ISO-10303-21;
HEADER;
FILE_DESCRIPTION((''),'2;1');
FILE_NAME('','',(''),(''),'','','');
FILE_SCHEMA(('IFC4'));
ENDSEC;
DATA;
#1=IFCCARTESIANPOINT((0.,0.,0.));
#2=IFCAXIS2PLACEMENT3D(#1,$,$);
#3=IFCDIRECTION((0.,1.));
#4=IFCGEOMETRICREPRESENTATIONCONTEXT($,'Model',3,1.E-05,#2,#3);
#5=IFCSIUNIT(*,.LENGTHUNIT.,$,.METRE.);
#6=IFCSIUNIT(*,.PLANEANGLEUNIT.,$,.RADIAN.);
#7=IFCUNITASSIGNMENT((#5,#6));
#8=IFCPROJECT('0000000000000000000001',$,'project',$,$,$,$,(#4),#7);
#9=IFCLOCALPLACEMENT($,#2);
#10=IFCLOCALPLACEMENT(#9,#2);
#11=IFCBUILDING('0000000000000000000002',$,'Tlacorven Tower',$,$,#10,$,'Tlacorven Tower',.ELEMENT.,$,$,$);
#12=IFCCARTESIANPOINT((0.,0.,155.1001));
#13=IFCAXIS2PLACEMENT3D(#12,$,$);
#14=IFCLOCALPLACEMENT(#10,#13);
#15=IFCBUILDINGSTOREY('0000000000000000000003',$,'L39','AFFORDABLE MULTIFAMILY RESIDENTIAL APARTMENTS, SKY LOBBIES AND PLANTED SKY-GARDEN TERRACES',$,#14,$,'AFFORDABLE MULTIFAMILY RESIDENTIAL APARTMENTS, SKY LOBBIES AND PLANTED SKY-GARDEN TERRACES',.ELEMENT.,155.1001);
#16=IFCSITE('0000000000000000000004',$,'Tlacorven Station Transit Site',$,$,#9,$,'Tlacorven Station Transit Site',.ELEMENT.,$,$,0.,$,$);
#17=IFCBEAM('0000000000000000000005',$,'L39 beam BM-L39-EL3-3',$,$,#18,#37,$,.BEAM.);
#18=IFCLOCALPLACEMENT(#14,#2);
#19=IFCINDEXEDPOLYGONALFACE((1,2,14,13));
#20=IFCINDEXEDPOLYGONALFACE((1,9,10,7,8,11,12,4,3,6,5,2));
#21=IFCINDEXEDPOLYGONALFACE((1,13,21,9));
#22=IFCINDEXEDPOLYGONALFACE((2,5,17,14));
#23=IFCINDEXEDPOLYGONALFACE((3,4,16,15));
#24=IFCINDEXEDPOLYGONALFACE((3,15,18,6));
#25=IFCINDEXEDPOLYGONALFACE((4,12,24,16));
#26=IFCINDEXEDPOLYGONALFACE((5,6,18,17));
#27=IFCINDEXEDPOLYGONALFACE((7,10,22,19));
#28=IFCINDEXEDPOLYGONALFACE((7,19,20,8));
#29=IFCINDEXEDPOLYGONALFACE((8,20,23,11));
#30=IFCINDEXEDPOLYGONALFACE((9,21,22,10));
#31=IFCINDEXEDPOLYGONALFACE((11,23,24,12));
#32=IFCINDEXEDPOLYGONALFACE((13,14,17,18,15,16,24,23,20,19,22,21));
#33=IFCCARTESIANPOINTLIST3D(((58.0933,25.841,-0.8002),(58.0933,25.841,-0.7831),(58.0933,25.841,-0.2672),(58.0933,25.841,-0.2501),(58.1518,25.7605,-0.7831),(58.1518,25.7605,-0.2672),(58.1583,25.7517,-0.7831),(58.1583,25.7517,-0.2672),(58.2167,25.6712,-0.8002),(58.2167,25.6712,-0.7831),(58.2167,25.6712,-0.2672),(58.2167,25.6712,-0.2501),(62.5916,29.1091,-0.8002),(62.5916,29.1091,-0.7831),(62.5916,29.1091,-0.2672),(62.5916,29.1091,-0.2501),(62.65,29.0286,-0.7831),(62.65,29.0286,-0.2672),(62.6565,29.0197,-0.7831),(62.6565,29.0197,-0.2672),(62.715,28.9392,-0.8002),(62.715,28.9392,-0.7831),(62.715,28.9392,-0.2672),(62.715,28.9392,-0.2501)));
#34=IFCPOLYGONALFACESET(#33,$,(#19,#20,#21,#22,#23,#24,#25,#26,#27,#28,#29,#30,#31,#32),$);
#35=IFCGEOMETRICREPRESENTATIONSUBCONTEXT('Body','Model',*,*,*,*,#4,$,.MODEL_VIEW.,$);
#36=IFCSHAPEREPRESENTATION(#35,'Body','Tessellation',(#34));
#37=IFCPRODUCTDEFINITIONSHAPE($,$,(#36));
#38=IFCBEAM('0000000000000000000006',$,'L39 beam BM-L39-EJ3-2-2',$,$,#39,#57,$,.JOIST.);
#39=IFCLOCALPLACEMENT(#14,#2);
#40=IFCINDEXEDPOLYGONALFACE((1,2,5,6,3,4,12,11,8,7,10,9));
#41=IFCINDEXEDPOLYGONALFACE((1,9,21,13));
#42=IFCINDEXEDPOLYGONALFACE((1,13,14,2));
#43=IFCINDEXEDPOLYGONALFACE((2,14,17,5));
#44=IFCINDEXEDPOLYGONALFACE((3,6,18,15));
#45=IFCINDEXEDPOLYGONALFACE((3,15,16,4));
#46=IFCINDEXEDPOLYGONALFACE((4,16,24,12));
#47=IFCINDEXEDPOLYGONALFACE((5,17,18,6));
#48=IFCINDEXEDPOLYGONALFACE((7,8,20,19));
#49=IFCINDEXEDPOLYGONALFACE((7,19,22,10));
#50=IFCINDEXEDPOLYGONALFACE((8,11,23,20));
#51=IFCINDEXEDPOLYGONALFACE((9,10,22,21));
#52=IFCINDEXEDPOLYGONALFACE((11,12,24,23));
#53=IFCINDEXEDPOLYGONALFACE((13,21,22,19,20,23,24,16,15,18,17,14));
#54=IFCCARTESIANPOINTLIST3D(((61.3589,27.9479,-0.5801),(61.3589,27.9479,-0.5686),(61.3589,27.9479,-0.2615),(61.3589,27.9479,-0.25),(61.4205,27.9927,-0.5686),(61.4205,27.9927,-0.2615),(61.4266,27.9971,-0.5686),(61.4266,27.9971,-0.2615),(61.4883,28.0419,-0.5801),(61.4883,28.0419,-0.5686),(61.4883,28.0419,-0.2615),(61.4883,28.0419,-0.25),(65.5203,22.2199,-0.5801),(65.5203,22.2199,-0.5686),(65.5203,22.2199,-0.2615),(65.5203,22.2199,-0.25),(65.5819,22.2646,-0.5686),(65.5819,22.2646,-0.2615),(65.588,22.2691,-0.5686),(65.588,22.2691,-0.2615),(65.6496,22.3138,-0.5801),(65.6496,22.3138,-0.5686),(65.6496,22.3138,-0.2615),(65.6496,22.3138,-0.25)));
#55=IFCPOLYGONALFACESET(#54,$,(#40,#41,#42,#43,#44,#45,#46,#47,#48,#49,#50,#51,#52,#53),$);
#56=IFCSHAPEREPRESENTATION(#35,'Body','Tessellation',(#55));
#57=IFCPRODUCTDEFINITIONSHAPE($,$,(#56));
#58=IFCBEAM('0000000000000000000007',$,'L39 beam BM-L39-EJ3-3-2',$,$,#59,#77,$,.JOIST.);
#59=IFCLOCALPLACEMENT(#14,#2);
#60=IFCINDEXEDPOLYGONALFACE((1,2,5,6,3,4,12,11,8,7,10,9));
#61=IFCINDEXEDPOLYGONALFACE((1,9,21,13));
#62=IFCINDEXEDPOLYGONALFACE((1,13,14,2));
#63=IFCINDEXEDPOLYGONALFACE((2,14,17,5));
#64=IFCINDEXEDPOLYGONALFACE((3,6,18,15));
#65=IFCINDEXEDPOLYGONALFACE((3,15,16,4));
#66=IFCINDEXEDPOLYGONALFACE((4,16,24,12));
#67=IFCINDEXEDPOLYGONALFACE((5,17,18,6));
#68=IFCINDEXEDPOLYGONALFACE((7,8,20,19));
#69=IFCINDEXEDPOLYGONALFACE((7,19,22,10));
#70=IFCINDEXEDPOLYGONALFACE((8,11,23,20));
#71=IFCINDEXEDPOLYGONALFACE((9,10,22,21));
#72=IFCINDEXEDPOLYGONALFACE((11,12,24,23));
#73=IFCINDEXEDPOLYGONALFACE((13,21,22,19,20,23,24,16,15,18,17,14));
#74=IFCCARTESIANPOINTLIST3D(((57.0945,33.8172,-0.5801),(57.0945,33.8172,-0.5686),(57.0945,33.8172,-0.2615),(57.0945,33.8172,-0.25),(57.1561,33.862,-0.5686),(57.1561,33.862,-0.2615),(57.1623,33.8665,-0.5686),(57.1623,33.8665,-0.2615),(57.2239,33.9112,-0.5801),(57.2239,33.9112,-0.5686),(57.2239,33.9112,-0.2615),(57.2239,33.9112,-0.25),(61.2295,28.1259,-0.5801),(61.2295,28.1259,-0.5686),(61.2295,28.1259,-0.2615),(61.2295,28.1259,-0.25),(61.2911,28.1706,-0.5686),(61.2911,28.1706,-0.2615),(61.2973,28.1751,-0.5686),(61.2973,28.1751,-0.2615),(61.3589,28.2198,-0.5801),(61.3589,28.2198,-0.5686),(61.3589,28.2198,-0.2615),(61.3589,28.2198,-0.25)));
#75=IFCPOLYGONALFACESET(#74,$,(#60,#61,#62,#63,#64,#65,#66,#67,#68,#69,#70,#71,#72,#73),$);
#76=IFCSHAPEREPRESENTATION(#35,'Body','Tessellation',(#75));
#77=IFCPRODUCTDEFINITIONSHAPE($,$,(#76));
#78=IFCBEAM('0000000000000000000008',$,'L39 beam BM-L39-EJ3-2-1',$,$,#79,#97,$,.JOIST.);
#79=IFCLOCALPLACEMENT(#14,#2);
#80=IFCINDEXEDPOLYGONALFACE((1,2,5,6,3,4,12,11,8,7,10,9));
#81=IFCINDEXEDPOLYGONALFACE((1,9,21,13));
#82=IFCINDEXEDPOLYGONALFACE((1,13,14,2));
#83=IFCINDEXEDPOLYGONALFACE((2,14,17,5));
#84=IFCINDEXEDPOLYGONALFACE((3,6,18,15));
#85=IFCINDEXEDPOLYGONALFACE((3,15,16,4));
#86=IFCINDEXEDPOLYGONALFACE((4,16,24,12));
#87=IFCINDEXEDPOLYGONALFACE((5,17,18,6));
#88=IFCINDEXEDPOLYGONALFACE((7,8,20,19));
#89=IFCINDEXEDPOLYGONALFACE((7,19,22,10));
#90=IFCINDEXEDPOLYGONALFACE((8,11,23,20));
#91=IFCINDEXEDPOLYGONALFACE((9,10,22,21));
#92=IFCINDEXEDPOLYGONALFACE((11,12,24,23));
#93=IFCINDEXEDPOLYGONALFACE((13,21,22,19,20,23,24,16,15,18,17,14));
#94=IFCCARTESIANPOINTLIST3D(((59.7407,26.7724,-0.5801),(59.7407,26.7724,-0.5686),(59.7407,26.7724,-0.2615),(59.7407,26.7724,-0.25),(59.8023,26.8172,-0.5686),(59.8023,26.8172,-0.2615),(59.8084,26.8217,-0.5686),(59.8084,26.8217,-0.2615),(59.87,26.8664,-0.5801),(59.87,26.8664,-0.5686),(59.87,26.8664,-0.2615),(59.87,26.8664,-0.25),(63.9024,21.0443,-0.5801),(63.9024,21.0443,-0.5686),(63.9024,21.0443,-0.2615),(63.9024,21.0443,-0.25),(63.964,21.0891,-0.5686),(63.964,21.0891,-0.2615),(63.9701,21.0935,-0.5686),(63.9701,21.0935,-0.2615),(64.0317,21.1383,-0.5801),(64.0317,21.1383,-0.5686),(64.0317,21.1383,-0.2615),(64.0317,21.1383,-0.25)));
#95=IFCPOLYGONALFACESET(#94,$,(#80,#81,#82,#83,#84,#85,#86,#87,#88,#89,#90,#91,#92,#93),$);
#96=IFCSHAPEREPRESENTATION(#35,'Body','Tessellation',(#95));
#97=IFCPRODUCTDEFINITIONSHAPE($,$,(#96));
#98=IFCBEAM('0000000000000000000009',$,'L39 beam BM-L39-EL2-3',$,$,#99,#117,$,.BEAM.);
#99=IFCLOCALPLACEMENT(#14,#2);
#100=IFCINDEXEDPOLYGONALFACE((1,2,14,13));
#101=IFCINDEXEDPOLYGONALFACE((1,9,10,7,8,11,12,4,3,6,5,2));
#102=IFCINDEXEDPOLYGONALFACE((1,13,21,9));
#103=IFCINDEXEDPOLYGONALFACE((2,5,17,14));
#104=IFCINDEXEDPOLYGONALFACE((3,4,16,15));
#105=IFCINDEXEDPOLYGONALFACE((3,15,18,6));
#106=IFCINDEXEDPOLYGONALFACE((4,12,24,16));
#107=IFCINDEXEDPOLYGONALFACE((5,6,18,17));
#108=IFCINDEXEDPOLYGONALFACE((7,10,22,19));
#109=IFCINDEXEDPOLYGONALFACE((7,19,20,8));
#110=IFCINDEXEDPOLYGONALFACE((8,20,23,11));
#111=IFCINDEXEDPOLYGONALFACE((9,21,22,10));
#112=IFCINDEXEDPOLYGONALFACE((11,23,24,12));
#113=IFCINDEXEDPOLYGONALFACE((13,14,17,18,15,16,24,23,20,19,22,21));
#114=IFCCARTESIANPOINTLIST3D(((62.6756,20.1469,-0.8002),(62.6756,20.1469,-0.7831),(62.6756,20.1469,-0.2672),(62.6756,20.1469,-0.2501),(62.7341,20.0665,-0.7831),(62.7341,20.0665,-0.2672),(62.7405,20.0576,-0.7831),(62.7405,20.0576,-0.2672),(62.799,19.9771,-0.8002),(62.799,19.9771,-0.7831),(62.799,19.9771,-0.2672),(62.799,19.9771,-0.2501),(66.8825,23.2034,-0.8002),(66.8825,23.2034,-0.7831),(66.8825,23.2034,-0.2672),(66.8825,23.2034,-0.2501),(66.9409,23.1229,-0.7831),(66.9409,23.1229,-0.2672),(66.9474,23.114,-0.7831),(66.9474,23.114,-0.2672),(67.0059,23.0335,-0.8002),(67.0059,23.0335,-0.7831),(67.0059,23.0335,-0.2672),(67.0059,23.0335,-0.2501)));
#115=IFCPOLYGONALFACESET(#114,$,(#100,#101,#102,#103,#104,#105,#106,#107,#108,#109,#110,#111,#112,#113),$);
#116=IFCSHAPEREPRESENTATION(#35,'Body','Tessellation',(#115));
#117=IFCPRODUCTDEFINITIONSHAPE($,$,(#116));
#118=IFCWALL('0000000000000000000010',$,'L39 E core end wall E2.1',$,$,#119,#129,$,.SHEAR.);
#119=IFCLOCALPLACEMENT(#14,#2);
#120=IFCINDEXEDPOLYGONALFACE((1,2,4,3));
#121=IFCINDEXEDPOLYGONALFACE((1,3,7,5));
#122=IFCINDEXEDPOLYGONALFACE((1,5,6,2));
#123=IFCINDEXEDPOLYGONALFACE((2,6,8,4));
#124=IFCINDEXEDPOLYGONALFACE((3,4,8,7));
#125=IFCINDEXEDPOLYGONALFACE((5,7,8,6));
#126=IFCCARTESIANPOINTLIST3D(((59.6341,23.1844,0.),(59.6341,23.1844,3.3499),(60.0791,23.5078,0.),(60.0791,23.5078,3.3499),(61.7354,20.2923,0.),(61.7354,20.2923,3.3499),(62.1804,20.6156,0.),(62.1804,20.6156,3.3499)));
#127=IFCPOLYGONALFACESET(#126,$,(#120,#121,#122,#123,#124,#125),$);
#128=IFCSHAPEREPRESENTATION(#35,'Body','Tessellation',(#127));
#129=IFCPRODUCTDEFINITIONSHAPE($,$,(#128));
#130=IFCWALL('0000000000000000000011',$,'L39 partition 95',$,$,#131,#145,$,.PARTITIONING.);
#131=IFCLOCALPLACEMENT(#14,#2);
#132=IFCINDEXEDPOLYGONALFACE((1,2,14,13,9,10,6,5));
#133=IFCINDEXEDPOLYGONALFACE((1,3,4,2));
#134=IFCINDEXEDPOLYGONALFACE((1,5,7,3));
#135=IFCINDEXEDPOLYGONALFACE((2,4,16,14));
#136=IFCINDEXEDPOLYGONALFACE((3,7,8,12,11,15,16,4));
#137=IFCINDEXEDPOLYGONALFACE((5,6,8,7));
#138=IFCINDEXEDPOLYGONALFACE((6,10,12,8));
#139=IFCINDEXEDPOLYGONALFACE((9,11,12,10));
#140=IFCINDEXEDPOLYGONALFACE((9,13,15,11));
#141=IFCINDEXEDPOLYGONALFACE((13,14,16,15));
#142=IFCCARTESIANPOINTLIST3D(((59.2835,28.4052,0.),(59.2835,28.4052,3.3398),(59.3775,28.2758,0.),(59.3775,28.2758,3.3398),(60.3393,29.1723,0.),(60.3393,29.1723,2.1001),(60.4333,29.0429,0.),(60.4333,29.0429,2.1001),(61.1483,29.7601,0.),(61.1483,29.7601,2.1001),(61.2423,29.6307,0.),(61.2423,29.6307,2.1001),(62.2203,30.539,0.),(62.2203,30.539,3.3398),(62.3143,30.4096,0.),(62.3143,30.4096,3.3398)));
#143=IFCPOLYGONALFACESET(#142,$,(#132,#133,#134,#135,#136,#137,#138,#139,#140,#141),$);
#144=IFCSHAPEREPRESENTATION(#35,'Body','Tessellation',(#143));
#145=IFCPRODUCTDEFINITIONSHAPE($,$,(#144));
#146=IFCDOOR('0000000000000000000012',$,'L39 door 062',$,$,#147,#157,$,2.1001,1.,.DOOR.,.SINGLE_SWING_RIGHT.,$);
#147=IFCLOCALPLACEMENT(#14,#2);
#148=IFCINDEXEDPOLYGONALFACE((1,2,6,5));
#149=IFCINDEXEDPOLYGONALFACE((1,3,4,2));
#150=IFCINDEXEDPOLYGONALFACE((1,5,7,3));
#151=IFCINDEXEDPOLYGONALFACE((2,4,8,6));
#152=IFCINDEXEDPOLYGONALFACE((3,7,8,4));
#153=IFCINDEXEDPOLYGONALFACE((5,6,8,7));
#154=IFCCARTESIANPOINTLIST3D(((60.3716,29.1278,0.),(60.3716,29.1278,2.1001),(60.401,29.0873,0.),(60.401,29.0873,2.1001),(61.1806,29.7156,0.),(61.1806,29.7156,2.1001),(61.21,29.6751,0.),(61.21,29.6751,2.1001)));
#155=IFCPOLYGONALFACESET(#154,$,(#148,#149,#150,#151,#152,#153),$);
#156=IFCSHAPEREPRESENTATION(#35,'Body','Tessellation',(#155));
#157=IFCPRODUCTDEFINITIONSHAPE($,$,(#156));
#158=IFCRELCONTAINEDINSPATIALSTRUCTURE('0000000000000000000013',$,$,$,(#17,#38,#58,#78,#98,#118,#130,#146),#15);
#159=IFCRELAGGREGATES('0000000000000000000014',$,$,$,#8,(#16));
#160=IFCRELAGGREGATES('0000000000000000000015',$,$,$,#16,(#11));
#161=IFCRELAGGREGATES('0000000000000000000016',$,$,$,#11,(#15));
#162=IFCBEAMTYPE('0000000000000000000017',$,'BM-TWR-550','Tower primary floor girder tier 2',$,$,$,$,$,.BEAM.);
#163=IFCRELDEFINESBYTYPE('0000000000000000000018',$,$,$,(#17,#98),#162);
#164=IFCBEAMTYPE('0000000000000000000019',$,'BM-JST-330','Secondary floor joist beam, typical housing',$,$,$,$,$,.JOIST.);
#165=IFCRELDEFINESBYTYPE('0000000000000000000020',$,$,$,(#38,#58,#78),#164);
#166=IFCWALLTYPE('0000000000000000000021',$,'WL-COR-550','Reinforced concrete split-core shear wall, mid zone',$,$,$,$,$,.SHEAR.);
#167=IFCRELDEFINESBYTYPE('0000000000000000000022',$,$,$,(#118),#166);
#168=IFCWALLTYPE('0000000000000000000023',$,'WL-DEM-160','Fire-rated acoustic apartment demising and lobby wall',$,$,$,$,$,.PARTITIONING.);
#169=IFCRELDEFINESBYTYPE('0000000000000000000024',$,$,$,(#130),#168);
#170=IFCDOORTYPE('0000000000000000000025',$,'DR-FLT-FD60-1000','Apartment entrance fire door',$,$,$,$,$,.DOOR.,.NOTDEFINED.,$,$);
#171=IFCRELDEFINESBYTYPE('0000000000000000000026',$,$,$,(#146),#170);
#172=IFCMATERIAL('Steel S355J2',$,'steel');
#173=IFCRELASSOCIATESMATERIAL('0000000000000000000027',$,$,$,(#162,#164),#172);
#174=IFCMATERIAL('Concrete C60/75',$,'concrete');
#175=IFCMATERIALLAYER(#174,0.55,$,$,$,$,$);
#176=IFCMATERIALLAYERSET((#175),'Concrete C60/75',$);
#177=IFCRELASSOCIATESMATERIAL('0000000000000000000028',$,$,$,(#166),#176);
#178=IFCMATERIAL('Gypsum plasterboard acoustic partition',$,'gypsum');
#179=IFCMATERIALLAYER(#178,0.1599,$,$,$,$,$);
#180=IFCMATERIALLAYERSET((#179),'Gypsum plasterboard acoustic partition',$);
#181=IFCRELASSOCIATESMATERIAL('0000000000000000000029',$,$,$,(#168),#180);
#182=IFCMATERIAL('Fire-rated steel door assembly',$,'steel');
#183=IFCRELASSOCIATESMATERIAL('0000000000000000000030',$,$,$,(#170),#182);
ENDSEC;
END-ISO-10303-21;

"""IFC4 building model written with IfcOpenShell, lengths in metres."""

from ifc_helpers import new_model, si_unit, direction, frame, frame_2d, origin, origin_2d, place, context, subcontext, project, spatial, rectangle, i_section, extrude, source, transform, mapped, material, layer, layer_set, material_profile, profile_set, type_object, element, fill, save


model = new_model("IFC4")

# Units and contexts
model_context = context("Model", 3, precision=1e-05, world=origin(), true_north=direction((0.0, 1.0)))
body_context = subcontext(model_context, "Body", "Model", "MODEL_VIEW")
ifc_project = project(units=[si_unit("LENGTHUNIT", "METRE"), si_unit("PLANEANGLEUNIT", "RADIAN")], contexts=[model_context])

# Site, building, storey
site_placement = place(None, origin())
site = spatial("IfcSite", under=ifc_project, at=site_placement, Name="Tlacorven Station Transit Site", LongName="Tlacorven Station Transit Site", CompositionType="ELEMENT", RefElevation=0.0)
building_placement = place(site_placement, origin())
building = spatial("IfcBuilding", under=site, at=building_placement, Name="Tlacorven Tower", LongName="Tlacorven Tower", CompositionType="ELEMENT")
storey_placement = place(building_placement, frame((0.0, 0.0, 155.1001)))
storey = spatial("IfcBuildingStorey", under=building, at=storey_placement, Name="L39", Description="AFFORDABLE MULTIFAMILY RESIDENTIAL APARTMENTS, SKY LOBBIES AND PLANTED SKY-GARDEN TERRACES", LongName="AFFORDABLE MULTIFAMILY RESIDENTIAL APARTMENTS, SKY LOBBIES AND PLANTED SKY-GARDEN TERRACES", CompositionType="ELEMENT", Elevation=155.1001)

# Beams
ifc_material_1 = material(Name="Concrete C60/75", Category="concrete")
ifc_material_2 = material(Name="Steel S355J2", Category="steel")
ifc_material_profile_1 = material_profile(ifc_material_2, i_section(OverallWidth=0.21, OverallDepth=0.55, WebThickness=0.011, FlangeThickness=0.0171, at=origin_2d()), Name="IPE 550")
ifc_profile_set_1 = profile_set([ifc_material_profile_1], Name="Steel S355J2")
beam_type_1 = type_object("IfcBeamType", Name="BM-TWR-550", Description="Tower primary floor girder tier 2", PredefinedType="BEAM", material=ifc_profile_set_1)
shared_shape_1 = source(origin(), body_context, "Body", "SweptSolid", [
    extrude(i_section(OverallWidth=0.21, OverallDepth=0.55, WebThickness=0.011, FlangeThickness=0.0171, at=origin_2d()), origin(), (0.0, 0.0, 1.0), 5.5601),
])
beam_1_placement = place(storey_placement, frame((58.155, 25.7561, -0.5251), z_axis=(0.809028, 0.58777, 0.0), x_axis=(-0.58777, 0.809028, 0.0)))
element("IfcBeam", 1, at=beam_1_placement, inside=storey, type_object=beam_type_1, Name="L39 beam BM-L39-EL3-3", PredefinedType="BEAM", context=body_context, shape_type="MappedRepresentation", body=[
    mapped(shared_shape_1, transform((0.0, 0.0, 0.0), scale=1.0)),
])
ifc_material_profile_2 = material_profile(ifc_material_2, i_section(OverallWidth=0.1599, OverallDepth=0.3301, WebThickness=0.0076, FlangeThickness=0.0115, at=origin_2d()), Name="IPE 330")
ifc_profile_set_2 = profile_set([ifc_material_profile_2], Name="Steel S355J2")
beam_type_2 = type_object("IfcBeamType", Name="BM-JST-330", Description="Secondary floor joist beam, typical housing", PredefinedType="JOIST", material=ifc_profile_set_2)
shared_shape_2 = source(origin(), body_context, "Body", "SweptSolid", [
    extrude(i_section(OverallWidth=0.1599, OverallDepth=0.3301, WebThickness=0.0076, FlangeThickness=0.0115, at=origin_2d()), origin(), (0.0, 0.0, 1.0), 7.0801),
])
beam_2_placement = place(storey_placement, frame((65.585, 22.2668, -0.415), z_axis=(-0.58776, 0.809036, 0.0), x_axis=(-0.809036, -0.58776, 0.0)))
element("IfcBeam", 2, at=beam_2_placement, inside=storey, type_object=beam_type_2, Name="L39 beam BM-L39-EJ3-2-2", PredefinedType="JOIST", context=body_context, shape_type="MappedRepresentation", body=[
    mapped(shared_shape_2, transform((0.0, 0.0, 0.0), scale=1.0)),
])
shared_shape_3 = source(origin(), body_context, "Body", "SweptSolid", [
    extrude(i_section(OverallWidth=0.1599, OverallDepth=0.3301, WebThickness=0.0076, FlangeThickness=0.0115, at=origin_2d()), origin(), (0.0, 0.0, 1.0), 7.0349),
])
beam_3_placement = place(storey_placement, frame((61.2942, 28.1729, -0.415), z_axis=(-0.587782, 0.80902, 0.0), x_axis=(-0.80902, -0.587782, 0.0)))
element("IfcBeam", 3, at=beam_3_placement, inside=storey, type_object=beam_type_2, Name="L39 beam BM-L39-EJ3-3-2", PredefinedType="JOIST", context=body_context, shape_type="MappedRepresentation", body=[
    mapped(shared_shape_3, transform((0.0, 0.0, 0.0), scale=1.0)),
])
shared_shape_4 = source(origin(), body_context, "Body", "SweptSolid", [
    extrude(i_section(OverallWidth=0.1599, OverallDepth=0.3301, WebThickness=0.0076, FlangeThickness=0.0115, at=origin_2d()), origin(), (0.0, 0.0, 1.0), 7.0803),
])
beam_4_placement = place(storey_placement, frame((63.967, 21.0913, -0.415), z_axis=(-0.587782, 0.809019, 0.0), x_axis=(-0.809019, -0.587782, 0.0)))
element("IfcBeam", 4, at=beam_4_placement, inside=storey, type_object=beam_type_2, Name="L39 beam BM-L39-EJ3-2-1", PredefinedType="JOIST", context=body_context, shape_type="MappedRepresentation", body=[
    mapped(shared_shape_4, transform((0.0, 0.0, 0.0), scale=1.0)),
])
shared_shape_5 = source(origin(), body_context, "Body", "SweptSolid", [
    extrude(i_section(OverallWidth=0.21, OverallDepth=0.55, WebThickness=0.011, FlangeThickness=0.0171, at=origin_2d()), origin(), (0.0, 0.0, 1.0), 5.2),
])
beam_5_placement = place(storey_placement, frame((62.7373, 20.062, -0.5251), z_axis=(0.809018, 0.587784, 0.0), x_axis=(-0.587784, 0.809018, 0.0)))
element("IfcBeam", 5, at=beam_5_placement, inside=storey, type_object=beam_type_1, Name="L39 beam BM-L39-EL2-3", PredefinedType="BEAM", context=body_context, shape_type="MappedRepresentation", body=[
    mapped(shared_shape_5, transform((0.0, 0.0, 0.0), scale=1.0)),
])

# Wall
ifc_layer_1 = layer(ifc_material_1, 0.55)
ifc_layer_set_1 = layer_set([ifc_layer_1], Name="Concrete C60/75")
wall_type_1 = type_object("IfcWallType", Name="WL-COR-550", Description="Reinforced concrete split-core shear wall, mid zone", PredefinedType="SHEAR", material=ifc_layer_set_1)
wall_1_placement = place(storey_placement, frame((61.958, 20.4539, 0.0), z_axis=(0.0, 0.0, 1.0), x_axis=(-0.587802, 0.809005, 0.0)))
element("IfcWall", 6, at=wall_1_placement, inside=storey, type_object=wall_type_1, Name="L39 E core end wall E2.1", PredefinedType="SHEAR", context=body_context, shape_type="SweptSolid", body=[
    extrude(rectangle(XDim=3.575, YDim=0.55, at=frame_2d((1.7876, 0.0))), origin(), (0.0, 0.0, 1.0), 3.3499),
])

# Wall, opening, door
ifc_material_3 = material(Name="Gypsum plasterboard acoustic partition", Category="gypsum")
ifc_layer_2 = layer(ifc_material_3, 0.1599)
ifc_layer_set_2 = layer_set([ifc_layer_2], Name="Gypsum plasterboard acoustic partition")
wall_type_2 = type_object("IfcWallType", Name="WL-DEM-160", Description="Fire-rated acoustic apartment demising and lobby wall", PredefinedType="PARTITIONING", material=ifc_layer_set_2)
wall_2_placement = place(storey_placement, frame((59.3306, 28.3406, 0.0), z_axis=(0.0, 0.0, 1.0), x_axis=(0.809004, 0.587804, 0.0)))
wall_2 = element("IfcWall", 7, at=wall_2_placement, inside=storey, type_object=wall_type_2, Name="L39 partition 95", PredefinedType="PARTITIONING", context=body_context, shape_type="SweptSolid", body=[
    extrude(rectangle(XDim=3.6301, YDim=0.1599, at=frame_2d((1.8149, 0.0))), origin(), (0.0, 0.0, 1.0), 3.3398),
])
opening_1_placement = place(wall_2_placement, frame((1.3049, 0.0, 0.0)))
opening_1 = element("IfcOpeningElement", 8, at=opening_1_placement, cuts=wall_2, PredefinedType="OPENING", context=body_context, shape_type="SweptSolid", body=[
    extrude(rectangle(XDim=1.0, YDim=2.1001, at=frame_2d((0.5, 1.05))), frame((0.0, 0.0898, 0.0), z_axis=(0.0, -1.0, 0.0), x_axis=(1.0, 0.0, 0.0)), (0.0, 0.0, 1.0), 0.1799),
])
ifc_material_4 = material(Name="Fire-rated steel door assembly", Category="steel")
door_type_1 = type_object("IfcDoorType", Name="DR-FLT-FD60-1000", Description="Apartment entrance fire door", OperationType="NOTDEFINED", PredefinedType="DOOR", material=ifc_material_4)
shared_shape_6 = source(origin(), body_context, "Body", "SweptSolid", [
    extrude(rectangle(XDim=1.0, YDim=2.1001, at=frame_2d((0.5, 1.05))), frame((0.0, 0.0249, 0.0), z_axis=(0.0, -1.0, 0.0), x_axis=(1.0, 0.0, 0.0)), (0.0, 0.0, 1.0), 0.05),
])
door_1_placement = place(opening_1_placement, origin())
door_1 = element("IfcDoor", 9, at=door_1_placement, inside=storey, type_object=door_type_1, Name="L39 door 062", OperationType="SINGLE_SWING_RIGHT", OverallHeight=2.1001, OverallWidth=1.0, PredefinedType="DOOR", context=body_context, shape_type="MappedRepresentation", body=[
    mapped(shared_shape_6, transform((0.0, 0.0, 0.0), scale=1.0)),
])
fill(opening_1, door_1)

save(model, "model.ifc")
